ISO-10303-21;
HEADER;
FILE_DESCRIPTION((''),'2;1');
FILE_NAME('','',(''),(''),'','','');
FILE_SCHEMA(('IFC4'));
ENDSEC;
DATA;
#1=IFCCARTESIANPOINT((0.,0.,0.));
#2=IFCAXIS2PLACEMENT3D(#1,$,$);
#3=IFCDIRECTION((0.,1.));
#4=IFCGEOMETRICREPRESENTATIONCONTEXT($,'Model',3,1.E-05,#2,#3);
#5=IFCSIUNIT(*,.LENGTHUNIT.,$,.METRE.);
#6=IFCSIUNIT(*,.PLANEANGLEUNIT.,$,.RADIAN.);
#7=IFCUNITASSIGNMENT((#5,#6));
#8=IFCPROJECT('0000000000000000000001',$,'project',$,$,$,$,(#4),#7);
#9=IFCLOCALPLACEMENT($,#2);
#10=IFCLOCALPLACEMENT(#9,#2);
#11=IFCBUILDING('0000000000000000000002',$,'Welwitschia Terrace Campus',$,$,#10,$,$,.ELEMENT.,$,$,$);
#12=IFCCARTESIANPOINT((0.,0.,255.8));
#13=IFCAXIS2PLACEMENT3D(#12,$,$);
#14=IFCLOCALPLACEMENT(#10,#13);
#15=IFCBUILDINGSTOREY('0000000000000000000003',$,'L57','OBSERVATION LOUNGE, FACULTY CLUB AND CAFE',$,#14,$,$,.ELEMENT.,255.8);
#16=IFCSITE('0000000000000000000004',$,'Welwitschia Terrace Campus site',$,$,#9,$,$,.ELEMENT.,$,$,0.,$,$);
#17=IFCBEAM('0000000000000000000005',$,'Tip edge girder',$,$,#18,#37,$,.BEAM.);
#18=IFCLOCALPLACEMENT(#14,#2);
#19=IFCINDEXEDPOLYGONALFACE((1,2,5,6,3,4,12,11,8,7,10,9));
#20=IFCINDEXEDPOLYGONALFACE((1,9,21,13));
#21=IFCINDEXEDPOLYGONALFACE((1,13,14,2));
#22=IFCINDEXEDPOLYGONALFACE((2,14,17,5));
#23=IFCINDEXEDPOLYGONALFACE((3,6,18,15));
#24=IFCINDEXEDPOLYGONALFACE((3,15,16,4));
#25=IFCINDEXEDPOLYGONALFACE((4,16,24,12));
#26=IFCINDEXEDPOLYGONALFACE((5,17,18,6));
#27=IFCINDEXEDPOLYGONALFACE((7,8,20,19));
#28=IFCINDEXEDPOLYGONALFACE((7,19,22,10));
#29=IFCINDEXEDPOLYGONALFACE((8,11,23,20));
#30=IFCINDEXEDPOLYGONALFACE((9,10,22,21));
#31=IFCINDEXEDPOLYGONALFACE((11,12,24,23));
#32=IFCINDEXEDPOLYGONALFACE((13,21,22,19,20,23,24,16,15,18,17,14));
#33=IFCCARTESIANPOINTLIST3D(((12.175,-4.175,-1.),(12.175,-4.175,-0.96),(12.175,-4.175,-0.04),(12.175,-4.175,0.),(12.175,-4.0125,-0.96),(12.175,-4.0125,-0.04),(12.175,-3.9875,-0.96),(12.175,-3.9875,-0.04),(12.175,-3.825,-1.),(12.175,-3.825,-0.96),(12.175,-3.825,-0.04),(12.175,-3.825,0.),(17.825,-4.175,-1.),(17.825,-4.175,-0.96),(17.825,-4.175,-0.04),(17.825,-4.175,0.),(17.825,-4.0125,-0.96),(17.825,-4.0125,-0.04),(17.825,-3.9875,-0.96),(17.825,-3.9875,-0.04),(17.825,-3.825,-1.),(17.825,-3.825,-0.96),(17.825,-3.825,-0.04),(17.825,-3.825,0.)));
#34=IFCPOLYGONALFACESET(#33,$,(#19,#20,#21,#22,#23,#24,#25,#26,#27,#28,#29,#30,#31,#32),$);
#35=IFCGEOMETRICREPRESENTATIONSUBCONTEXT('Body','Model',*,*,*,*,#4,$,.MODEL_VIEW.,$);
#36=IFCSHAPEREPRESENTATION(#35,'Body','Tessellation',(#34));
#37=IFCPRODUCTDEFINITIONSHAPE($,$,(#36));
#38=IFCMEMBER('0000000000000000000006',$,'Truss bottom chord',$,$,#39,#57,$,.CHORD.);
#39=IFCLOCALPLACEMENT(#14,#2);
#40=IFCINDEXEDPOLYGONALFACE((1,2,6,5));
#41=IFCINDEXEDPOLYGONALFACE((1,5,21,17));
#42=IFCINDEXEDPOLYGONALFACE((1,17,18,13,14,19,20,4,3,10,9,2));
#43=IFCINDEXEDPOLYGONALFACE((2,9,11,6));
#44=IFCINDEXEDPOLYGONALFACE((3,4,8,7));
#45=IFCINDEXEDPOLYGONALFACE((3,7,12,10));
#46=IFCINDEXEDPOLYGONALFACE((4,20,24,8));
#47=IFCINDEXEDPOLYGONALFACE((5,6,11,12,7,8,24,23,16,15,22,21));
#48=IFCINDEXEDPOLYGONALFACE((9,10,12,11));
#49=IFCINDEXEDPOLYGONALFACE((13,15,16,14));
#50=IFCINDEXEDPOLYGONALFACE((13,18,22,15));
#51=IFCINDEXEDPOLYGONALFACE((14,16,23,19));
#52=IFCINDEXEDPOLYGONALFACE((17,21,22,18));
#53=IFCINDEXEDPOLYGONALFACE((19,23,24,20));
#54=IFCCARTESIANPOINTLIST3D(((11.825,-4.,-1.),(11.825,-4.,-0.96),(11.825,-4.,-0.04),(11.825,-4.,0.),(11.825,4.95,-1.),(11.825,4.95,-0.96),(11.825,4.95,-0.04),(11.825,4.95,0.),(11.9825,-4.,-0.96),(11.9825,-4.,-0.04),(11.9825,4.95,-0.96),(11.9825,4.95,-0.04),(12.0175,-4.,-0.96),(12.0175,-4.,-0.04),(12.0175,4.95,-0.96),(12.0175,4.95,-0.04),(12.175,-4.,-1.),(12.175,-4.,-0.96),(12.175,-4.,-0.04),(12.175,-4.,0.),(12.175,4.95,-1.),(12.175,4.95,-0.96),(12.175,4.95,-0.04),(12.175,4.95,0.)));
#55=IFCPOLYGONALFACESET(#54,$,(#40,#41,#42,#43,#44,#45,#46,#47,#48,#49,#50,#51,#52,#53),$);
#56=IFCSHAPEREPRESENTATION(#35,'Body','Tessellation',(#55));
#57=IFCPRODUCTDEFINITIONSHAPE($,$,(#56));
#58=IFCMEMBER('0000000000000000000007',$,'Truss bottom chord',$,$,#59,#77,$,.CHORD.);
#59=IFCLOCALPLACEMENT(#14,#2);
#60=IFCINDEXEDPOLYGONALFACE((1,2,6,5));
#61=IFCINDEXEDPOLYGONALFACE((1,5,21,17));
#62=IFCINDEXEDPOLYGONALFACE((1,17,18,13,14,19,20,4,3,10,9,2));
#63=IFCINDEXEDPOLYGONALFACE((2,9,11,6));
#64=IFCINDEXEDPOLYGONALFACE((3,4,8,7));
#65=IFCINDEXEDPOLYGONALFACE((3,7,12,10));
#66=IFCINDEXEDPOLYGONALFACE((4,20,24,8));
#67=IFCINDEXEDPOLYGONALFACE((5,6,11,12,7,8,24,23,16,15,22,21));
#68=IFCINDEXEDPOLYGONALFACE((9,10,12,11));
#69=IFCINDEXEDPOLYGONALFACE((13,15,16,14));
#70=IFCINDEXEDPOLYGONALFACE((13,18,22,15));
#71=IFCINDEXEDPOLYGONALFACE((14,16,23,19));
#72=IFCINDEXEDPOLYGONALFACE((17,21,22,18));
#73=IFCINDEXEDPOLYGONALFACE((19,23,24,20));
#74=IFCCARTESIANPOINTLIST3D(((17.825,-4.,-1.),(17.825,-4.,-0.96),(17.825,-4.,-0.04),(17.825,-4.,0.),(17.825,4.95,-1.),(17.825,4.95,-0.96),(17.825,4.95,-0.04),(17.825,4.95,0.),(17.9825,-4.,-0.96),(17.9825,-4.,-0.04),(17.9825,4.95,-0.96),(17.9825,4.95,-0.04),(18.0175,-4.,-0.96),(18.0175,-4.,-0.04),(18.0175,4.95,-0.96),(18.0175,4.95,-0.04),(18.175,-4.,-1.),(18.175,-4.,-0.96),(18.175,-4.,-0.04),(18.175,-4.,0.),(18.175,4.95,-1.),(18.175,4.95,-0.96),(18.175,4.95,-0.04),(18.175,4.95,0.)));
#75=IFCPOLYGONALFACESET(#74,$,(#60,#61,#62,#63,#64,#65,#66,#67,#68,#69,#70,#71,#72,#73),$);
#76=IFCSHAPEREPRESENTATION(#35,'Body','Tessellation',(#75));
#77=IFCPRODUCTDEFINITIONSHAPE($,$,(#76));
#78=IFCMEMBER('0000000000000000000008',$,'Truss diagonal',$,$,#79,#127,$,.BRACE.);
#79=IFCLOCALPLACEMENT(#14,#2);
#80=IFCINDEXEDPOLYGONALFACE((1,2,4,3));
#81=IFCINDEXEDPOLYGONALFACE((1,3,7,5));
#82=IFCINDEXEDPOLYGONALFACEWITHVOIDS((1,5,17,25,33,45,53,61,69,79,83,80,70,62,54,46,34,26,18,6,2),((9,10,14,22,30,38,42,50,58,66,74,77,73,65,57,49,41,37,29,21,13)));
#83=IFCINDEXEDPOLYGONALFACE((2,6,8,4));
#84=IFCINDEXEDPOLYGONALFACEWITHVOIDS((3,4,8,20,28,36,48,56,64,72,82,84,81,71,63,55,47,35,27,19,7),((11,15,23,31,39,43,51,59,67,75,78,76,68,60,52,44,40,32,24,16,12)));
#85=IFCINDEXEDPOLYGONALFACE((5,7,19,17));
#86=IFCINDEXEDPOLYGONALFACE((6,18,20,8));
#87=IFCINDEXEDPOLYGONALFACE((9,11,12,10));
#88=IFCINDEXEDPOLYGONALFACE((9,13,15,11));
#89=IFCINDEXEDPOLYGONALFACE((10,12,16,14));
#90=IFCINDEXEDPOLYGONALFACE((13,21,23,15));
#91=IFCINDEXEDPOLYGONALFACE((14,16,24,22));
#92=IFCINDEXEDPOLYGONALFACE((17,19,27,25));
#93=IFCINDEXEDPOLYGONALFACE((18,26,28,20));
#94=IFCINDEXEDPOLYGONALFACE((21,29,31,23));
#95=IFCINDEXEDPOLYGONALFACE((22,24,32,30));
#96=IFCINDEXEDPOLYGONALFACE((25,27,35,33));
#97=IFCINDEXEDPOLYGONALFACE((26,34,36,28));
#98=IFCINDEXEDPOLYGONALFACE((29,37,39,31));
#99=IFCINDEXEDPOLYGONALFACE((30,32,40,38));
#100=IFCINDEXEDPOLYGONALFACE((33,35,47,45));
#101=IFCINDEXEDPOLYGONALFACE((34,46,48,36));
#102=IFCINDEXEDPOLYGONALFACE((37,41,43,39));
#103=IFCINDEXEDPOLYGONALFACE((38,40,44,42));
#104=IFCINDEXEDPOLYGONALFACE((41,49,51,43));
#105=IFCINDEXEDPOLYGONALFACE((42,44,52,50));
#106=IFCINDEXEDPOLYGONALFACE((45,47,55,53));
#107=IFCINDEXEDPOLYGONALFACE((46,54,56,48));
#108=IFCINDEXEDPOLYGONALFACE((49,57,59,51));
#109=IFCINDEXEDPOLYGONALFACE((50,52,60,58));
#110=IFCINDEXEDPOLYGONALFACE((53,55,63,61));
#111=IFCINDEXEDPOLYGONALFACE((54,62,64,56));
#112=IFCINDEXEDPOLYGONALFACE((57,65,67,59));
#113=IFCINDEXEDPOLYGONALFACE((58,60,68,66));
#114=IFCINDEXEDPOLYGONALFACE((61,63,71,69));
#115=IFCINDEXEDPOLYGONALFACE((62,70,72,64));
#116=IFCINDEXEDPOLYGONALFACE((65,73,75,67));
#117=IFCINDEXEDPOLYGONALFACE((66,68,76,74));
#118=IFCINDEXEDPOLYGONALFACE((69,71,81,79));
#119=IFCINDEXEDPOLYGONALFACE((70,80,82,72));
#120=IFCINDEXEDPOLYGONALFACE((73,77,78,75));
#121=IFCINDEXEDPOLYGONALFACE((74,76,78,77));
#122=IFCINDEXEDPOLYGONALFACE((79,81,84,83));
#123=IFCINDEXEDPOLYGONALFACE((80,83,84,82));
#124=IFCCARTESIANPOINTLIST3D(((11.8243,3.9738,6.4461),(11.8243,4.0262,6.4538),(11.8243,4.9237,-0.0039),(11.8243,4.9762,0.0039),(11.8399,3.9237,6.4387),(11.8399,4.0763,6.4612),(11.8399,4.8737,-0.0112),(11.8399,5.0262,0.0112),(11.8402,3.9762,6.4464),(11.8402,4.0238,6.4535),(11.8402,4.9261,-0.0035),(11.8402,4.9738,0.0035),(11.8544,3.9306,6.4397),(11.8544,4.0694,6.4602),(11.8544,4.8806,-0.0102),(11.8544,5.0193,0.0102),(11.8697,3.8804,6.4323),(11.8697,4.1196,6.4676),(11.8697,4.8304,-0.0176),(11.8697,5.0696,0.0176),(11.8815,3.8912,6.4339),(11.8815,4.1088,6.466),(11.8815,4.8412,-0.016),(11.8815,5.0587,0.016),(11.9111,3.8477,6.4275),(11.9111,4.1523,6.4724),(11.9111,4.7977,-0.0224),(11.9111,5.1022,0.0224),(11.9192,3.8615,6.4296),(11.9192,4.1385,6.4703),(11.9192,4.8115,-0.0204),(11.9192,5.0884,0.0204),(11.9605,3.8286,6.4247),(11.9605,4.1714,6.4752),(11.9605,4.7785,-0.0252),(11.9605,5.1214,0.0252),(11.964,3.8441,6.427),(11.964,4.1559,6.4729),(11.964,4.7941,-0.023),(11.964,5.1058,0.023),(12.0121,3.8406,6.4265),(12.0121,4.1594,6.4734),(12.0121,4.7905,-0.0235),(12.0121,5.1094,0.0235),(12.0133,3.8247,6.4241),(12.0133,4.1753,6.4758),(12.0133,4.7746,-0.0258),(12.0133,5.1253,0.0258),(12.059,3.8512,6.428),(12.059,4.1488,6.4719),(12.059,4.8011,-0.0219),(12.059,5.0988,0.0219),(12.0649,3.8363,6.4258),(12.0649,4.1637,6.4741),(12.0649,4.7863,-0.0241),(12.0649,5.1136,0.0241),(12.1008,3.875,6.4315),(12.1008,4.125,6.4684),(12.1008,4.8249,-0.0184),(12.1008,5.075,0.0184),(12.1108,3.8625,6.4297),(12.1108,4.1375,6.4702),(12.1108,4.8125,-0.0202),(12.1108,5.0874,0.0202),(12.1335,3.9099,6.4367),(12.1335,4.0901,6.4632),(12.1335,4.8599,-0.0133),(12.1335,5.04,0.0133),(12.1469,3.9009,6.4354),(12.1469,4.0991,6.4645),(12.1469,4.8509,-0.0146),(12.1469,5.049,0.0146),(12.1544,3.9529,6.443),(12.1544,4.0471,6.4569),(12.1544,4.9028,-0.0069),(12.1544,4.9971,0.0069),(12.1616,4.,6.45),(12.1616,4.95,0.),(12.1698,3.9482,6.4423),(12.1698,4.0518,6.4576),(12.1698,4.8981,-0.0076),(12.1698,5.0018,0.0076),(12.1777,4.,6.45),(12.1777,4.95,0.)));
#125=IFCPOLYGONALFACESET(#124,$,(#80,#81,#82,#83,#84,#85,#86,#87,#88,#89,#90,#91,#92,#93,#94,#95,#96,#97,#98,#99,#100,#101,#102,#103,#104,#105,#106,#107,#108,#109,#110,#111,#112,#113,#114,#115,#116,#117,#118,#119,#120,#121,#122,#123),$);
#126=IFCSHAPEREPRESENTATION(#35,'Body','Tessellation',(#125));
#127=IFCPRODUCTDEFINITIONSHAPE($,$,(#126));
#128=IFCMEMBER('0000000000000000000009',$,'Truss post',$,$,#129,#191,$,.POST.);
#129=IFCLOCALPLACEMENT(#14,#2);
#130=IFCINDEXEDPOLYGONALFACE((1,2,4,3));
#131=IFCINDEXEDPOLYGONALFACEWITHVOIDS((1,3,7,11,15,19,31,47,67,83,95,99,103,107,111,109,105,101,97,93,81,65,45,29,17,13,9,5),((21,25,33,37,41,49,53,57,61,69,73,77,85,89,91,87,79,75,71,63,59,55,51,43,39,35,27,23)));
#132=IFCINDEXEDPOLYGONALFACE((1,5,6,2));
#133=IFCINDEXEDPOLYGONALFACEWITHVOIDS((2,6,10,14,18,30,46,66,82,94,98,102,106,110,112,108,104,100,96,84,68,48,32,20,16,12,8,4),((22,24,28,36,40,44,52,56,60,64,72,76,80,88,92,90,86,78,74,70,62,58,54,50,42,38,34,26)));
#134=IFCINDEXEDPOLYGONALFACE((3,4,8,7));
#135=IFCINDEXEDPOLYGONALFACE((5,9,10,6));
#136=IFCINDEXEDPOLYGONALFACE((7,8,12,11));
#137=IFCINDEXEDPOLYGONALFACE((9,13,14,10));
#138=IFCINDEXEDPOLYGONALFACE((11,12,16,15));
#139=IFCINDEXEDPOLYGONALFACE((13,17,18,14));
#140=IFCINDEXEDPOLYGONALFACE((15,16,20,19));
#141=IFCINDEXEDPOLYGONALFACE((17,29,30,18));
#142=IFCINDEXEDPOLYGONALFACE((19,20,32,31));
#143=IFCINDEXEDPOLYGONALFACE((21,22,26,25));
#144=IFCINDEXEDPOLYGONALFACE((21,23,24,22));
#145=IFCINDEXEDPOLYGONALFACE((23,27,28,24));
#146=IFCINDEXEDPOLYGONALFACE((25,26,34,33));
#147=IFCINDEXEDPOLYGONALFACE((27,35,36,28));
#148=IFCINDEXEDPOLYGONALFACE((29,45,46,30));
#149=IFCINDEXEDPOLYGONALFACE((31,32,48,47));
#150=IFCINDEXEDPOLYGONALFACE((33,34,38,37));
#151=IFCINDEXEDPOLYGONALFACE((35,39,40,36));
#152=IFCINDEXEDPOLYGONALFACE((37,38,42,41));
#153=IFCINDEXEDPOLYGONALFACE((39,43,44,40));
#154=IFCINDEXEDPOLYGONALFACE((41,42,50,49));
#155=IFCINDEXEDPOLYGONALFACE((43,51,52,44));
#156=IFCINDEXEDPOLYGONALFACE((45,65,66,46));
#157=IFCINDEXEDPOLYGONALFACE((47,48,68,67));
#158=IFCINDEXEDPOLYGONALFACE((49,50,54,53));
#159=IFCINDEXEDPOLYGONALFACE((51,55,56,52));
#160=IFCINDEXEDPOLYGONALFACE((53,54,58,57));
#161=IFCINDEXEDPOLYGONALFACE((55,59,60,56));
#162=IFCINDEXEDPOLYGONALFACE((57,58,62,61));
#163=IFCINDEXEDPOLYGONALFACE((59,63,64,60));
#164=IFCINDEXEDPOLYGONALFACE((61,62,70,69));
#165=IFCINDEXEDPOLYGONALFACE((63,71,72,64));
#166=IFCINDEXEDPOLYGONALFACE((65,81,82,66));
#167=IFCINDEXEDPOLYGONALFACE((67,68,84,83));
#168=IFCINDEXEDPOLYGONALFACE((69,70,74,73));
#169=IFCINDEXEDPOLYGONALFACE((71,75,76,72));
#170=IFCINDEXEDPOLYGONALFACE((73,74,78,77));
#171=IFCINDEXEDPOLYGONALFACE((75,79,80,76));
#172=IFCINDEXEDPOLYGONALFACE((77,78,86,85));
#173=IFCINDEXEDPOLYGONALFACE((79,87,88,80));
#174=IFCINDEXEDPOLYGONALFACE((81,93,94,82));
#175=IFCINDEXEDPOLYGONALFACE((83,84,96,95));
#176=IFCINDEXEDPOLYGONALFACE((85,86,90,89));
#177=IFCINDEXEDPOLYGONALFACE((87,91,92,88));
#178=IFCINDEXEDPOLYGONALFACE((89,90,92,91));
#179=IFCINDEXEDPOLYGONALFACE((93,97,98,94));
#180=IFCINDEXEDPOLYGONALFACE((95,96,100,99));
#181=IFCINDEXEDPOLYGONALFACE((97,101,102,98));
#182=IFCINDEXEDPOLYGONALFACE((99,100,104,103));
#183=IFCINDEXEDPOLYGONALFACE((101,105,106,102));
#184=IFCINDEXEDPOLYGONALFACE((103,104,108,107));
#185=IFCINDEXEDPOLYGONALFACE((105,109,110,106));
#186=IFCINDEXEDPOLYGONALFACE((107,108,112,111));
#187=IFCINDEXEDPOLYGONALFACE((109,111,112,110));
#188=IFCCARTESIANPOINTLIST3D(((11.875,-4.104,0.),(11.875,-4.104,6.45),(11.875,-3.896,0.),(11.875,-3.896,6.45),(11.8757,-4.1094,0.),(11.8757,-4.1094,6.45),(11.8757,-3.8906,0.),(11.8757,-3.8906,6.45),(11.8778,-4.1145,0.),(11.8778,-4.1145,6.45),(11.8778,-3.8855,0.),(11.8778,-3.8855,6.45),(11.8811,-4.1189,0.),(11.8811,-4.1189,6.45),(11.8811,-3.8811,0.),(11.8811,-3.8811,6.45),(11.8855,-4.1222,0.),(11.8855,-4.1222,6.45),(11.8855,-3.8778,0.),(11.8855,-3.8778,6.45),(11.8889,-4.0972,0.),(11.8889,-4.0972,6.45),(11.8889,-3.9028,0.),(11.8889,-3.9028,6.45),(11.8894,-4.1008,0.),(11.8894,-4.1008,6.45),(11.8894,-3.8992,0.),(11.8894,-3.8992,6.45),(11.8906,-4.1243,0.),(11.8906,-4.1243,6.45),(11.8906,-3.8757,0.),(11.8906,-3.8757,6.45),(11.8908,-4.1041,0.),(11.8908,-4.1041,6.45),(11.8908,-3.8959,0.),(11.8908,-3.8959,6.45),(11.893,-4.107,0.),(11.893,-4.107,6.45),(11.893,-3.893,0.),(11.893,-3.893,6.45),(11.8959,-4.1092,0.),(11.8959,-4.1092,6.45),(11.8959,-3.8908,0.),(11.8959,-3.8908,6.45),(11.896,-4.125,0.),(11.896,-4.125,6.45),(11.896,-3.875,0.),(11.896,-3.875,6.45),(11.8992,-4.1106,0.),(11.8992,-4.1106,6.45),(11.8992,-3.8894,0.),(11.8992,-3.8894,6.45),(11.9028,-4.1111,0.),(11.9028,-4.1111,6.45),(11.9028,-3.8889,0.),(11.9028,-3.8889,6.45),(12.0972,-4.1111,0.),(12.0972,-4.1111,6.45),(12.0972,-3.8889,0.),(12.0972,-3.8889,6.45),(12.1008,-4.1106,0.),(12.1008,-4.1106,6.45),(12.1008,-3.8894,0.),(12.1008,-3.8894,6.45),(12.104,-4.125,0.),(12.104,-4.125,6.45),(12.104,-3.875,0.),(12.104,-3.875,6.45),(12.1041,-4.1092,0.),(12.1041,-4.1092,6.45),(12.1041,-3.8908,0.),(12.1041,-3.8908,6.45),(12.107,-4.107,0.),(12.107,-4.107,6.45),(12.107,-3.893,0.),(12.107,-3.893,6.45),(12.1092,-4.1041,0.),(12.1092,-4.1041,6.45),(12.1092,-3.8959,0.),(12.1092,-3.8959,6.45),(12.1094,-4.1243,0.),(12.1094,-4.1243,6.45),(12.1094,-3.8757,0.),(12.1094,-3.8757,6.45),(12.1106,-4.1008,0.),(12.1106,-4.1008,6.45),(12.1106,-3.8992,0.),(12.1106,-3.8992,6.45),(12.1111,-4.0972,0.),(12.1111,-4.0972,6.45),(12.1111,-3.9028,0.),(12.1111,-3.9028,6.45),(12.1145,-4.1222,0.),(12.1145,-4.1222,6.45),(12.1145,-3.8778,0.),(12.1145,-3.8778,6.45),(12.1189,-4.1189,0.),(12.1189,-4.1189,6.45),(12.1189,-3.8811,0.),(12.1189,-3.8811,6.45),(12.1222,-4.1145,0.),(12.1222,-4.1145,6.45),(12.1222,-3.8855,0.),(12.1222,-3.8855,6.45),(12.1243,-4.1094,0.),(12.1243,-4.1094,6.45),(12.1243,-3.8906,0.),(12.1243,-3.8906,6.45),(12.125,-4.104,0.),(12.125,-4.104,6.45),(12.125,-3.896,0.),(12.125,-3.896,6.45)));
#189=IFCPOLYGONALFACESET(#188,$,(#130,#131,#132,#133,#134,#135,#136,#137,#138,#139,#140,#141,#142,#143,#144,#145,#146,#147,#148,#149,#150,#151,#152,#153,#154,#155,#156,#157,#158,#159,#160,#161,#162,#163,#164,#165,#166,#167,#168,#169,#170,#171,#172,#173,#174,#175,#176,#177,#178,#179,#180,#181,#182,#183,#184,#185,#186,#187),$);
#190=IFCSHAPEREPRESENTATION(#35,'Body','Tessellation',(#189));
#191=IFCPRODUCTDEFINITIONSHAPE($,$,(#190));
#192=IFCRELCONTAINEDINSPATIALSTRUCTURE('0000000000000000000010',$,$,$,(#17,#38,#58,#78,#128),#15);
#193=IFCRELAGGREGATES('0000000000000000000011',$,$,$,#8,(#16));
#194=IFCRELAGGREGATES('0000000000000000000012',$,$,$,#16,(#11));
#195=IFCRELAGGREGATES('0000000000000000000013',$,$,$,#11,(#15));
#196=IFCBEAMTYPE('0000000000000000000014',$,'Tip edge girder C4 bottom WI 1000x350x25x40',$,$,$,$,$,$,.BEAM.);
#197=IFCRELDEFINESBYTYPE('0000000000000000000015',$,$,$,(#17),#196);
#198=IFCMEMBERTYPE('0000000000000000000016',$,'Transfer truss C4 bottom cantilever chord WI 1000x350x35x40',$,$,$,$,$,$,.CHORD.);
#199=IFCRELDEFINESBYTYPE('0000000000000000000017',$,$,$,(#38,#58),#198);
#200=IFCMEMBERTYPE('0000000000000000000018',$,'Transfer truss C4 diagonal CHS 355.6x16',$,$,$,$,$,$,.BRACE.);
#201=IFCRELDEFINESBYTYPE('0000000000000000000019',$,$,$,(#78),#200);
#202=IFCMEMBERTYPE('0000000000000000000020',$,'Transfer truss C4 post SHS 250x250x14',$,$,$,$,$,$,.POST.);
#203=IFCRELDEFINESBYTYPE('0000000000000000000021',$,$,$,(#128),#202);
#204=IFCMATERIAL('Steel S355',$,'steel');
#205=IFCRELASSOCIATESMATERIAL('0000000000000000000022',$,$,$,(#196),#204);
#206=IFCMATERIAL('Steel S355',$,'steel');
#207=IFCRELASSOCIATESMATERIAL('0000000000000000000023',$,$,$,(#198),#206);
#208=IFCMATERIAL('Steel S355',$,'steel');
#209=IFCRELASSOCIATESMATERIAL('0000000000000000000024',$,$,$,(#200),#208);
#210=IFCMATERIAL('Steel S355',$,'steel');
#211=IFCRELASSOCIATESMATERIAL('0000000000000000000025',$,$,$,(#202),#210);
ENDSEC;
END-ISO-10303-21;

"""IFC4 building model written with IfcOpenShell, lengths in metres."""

from ifc_helpers import new_model, si_unit, direction, frame, origin, origin_2d, place, context, subcontext, project, spatial, hollow_rectangle, hollow_circle, i_section, extrude, material, material_profile, profile_set, type_object, element, save


model = new_model("IFC4")

# Units and contexts
model_context = context("Model", 3, precision=1e-05, world=origin(), true_north=direction((0.0, 1.0)))
body_context = subcontext(model_context, "Body", "Model", "MODEL_VIEW")
ifc_project = project(units=[si_unit("LENGTHUNIT", "METRE"), si_unit("PLANEANGLEUNIT", "RADIAN")], contexts=[model_context])

# Site, building, storey
site_placement = place(None, origin())
site = spatial("IfcSite", under=ifc_project, at=site_placement, Name="Welwitschia Terrace Campus site", CompositionType="ELEMENT", RefElevation=0.0)
building_placement = place(site_placement, origin())
building = spatial("IfcBuilding", under=site, at=building_placement, Name="Welwitschia Terrace Campus", CompositionType="ELEMENT")
storey_placement = place(building_placement, frame((0.0, 0.0, 255.8)))
storey = spatial("IfcBuildingStorey", under=building, at=storey_placement, Name="L57", Description="OBSERVATION LOUNGE, FACULTY CLUB AND CAFE", CompositionType="ELEMENT", Elevation=255.8)

# Beam
ifc_material_1 = material(Name="Steel S355", Category="steel")
ifc_material_profile_1 = material_profile(ifc_material_1, i_section(OverallWidth=0.3501, OverallDepth=1.0, WebThickness=0.0249, FlangeThickness=0.04, at=origin_2d()))
ifc_profile_set_1 = profile_set([ifc_material_profile_1], Name="Steel S355")
beam_type = type_object("IfcBeamType", Name="Tip edge girder C4 bottom WI 1000x350x25x40", PredefinedType="BEAM", material=ifc_profile_set_1)
beam_placement = place(storey_placement, frame((12.175, -4.0, -0.5), z_axis=(1.0, 0.0, 0.0), x_axis=(0.0, 1.0, 0.0)))
element("IfcBeam", 1, at=beam_placement, inside=storey, type_object=beam_type, Name="Tip edge girder", PredefinedType="BEAM", context=body_context, shape_type="SweptSolid", body=[
    extrude(i_section(OverallWidth=0.3501, OverallDepth=1.0, WebThickness=0.0249, FlangeThickness=0.04, at=origin_2d()), origin(), (0.0, 0.0, 1.0), 5.6499),
])

# Members
ifc_material_2 = material(Name="Steel S355", Category="steel")
ifc_material_profile_2 = material_profile(ifc_material_2, i_section(OverallWidth=0.3501, OverallDepth=1.0, WebThickness=0.0349, FlangeThickness=0.04, at=origin_2d()))
ifc_profile_set_2 = profile_set([ifc_material_profile_2], Name="Steel S355")
member_type_1 = type_object("IfcMemberType", Name="Transfer truss C4 bottom cantilever chord WI 1000x350x35x40", PredefinedType="CHORD", material=ifc_profile_set_2)
for number, where, z_axis, x_axis, name in (
    (2, (12.0, -4.0, -0.5), (0.0, 1.0, 0.0), (-1.0, 0.0, 0.0), "Truss bottom chord"),
    (3, (18.0, -4.0, -0.5), (0.0, 1.0, 0.0), (-1.0, 0.0, 0.0), "Truss bottom chord"),
):
    element("IfcMember", number, at=place(storey_placement, frame(where, z_axis=z_axis, x_axis=x_axis)), inside=storey, type_object=member_type_1, Name=name, PredefinedType="CHORD", context=body_context, shape_type="SweptSolid", body=[
        extrude(i_section(OverallWidth=0.3501, OverallDepth=1.0, WebThickness=0.0349, FlangeThickness=0.04, at=origin_2d()), origin(), (0.0, 0.0, 1.0), 8.95),
    ])
ifc_material_3 = material(Name="Steel S355", Category="steel")
ifc_material_profile_3 = material_profile(ifc_material_3, hollow_circle(Radius=0.1777, WallThickness=0.0161, at=origin_2d()))
ifc_profile_set_3 = profile_set([ifc_material_profile_3], Name="Steel S355")
member_type_2 = type_object("IfcMemberType", Name="Transfer truss C4 diagonal CHS 355.6x16", PredefinedType="BRACE", material=ifc_profile_set_3)
member_1_placement = place(storey_placement, frame((12.0, 4.95, 0.0), z_axis=(0.0, -0.145709, 0.989328), x_axis=(1.0, 0.0, 0.0)))
element("IfcMember", 4, at=member_1_placement, inside=storey, type_object=member_type_2, Name="Truss diagonal", PredefinedType="BRACE", context=body_context, shape_type="SweptSolid", body=[
    extrude(hollow_circle(Radius=0.1777, WallThickness=0.0161, at=origin_2d()), origin(), (0.0, 0.0, 1.0), 6.5195),
])
ifc_material_4 = material(Name="Steel S355", Category="steel")
ifc_material_profile_4 = material_profile(ifc_material_4, hollow_rectangle(XDim=0.25, YDim=0.25, WallThickness=0.0139, InnerFilletRadius=0.0139, OuterFilletRadius=0.021, at=origin_2d()))
ifc_profile_set_4 = profile_set([ifc_material_profile_4], Name="Steel S355")
member_type_3 = type_object("IfcMemberType", Name="Transfer truss C4 post SHS 250x250x14", PredefinedType="POST", material=ifc_profile_set_4)
for number, where, z_axis, x_axis, name in (
    (5, (12.0, -4.0, 0.0), (0.0, 0.0, 1.0), (1.0, 0.0, 0.0), "Truss post"),
):
    element("IfcMember", number, at=place(storey_placement, frame(where, z_axis=z_axis, x_axis=x_axis)), inside=storey, type_object=member_type_3, Name=name, PredefinedType="POST", context=body_context, shape_type="SweptSolid", body=[
        extrude(hollow_rectangle(XDim=0.25, YDim=0.25, WallThickness=0.0139, InnerFilletRadius=0.0139, OuterFilletRadius=0.021, at=origin_2d()), origin(), (0.0, 0.0, 1.0), 6.45),
    ])

save(model, "model.ifc")
